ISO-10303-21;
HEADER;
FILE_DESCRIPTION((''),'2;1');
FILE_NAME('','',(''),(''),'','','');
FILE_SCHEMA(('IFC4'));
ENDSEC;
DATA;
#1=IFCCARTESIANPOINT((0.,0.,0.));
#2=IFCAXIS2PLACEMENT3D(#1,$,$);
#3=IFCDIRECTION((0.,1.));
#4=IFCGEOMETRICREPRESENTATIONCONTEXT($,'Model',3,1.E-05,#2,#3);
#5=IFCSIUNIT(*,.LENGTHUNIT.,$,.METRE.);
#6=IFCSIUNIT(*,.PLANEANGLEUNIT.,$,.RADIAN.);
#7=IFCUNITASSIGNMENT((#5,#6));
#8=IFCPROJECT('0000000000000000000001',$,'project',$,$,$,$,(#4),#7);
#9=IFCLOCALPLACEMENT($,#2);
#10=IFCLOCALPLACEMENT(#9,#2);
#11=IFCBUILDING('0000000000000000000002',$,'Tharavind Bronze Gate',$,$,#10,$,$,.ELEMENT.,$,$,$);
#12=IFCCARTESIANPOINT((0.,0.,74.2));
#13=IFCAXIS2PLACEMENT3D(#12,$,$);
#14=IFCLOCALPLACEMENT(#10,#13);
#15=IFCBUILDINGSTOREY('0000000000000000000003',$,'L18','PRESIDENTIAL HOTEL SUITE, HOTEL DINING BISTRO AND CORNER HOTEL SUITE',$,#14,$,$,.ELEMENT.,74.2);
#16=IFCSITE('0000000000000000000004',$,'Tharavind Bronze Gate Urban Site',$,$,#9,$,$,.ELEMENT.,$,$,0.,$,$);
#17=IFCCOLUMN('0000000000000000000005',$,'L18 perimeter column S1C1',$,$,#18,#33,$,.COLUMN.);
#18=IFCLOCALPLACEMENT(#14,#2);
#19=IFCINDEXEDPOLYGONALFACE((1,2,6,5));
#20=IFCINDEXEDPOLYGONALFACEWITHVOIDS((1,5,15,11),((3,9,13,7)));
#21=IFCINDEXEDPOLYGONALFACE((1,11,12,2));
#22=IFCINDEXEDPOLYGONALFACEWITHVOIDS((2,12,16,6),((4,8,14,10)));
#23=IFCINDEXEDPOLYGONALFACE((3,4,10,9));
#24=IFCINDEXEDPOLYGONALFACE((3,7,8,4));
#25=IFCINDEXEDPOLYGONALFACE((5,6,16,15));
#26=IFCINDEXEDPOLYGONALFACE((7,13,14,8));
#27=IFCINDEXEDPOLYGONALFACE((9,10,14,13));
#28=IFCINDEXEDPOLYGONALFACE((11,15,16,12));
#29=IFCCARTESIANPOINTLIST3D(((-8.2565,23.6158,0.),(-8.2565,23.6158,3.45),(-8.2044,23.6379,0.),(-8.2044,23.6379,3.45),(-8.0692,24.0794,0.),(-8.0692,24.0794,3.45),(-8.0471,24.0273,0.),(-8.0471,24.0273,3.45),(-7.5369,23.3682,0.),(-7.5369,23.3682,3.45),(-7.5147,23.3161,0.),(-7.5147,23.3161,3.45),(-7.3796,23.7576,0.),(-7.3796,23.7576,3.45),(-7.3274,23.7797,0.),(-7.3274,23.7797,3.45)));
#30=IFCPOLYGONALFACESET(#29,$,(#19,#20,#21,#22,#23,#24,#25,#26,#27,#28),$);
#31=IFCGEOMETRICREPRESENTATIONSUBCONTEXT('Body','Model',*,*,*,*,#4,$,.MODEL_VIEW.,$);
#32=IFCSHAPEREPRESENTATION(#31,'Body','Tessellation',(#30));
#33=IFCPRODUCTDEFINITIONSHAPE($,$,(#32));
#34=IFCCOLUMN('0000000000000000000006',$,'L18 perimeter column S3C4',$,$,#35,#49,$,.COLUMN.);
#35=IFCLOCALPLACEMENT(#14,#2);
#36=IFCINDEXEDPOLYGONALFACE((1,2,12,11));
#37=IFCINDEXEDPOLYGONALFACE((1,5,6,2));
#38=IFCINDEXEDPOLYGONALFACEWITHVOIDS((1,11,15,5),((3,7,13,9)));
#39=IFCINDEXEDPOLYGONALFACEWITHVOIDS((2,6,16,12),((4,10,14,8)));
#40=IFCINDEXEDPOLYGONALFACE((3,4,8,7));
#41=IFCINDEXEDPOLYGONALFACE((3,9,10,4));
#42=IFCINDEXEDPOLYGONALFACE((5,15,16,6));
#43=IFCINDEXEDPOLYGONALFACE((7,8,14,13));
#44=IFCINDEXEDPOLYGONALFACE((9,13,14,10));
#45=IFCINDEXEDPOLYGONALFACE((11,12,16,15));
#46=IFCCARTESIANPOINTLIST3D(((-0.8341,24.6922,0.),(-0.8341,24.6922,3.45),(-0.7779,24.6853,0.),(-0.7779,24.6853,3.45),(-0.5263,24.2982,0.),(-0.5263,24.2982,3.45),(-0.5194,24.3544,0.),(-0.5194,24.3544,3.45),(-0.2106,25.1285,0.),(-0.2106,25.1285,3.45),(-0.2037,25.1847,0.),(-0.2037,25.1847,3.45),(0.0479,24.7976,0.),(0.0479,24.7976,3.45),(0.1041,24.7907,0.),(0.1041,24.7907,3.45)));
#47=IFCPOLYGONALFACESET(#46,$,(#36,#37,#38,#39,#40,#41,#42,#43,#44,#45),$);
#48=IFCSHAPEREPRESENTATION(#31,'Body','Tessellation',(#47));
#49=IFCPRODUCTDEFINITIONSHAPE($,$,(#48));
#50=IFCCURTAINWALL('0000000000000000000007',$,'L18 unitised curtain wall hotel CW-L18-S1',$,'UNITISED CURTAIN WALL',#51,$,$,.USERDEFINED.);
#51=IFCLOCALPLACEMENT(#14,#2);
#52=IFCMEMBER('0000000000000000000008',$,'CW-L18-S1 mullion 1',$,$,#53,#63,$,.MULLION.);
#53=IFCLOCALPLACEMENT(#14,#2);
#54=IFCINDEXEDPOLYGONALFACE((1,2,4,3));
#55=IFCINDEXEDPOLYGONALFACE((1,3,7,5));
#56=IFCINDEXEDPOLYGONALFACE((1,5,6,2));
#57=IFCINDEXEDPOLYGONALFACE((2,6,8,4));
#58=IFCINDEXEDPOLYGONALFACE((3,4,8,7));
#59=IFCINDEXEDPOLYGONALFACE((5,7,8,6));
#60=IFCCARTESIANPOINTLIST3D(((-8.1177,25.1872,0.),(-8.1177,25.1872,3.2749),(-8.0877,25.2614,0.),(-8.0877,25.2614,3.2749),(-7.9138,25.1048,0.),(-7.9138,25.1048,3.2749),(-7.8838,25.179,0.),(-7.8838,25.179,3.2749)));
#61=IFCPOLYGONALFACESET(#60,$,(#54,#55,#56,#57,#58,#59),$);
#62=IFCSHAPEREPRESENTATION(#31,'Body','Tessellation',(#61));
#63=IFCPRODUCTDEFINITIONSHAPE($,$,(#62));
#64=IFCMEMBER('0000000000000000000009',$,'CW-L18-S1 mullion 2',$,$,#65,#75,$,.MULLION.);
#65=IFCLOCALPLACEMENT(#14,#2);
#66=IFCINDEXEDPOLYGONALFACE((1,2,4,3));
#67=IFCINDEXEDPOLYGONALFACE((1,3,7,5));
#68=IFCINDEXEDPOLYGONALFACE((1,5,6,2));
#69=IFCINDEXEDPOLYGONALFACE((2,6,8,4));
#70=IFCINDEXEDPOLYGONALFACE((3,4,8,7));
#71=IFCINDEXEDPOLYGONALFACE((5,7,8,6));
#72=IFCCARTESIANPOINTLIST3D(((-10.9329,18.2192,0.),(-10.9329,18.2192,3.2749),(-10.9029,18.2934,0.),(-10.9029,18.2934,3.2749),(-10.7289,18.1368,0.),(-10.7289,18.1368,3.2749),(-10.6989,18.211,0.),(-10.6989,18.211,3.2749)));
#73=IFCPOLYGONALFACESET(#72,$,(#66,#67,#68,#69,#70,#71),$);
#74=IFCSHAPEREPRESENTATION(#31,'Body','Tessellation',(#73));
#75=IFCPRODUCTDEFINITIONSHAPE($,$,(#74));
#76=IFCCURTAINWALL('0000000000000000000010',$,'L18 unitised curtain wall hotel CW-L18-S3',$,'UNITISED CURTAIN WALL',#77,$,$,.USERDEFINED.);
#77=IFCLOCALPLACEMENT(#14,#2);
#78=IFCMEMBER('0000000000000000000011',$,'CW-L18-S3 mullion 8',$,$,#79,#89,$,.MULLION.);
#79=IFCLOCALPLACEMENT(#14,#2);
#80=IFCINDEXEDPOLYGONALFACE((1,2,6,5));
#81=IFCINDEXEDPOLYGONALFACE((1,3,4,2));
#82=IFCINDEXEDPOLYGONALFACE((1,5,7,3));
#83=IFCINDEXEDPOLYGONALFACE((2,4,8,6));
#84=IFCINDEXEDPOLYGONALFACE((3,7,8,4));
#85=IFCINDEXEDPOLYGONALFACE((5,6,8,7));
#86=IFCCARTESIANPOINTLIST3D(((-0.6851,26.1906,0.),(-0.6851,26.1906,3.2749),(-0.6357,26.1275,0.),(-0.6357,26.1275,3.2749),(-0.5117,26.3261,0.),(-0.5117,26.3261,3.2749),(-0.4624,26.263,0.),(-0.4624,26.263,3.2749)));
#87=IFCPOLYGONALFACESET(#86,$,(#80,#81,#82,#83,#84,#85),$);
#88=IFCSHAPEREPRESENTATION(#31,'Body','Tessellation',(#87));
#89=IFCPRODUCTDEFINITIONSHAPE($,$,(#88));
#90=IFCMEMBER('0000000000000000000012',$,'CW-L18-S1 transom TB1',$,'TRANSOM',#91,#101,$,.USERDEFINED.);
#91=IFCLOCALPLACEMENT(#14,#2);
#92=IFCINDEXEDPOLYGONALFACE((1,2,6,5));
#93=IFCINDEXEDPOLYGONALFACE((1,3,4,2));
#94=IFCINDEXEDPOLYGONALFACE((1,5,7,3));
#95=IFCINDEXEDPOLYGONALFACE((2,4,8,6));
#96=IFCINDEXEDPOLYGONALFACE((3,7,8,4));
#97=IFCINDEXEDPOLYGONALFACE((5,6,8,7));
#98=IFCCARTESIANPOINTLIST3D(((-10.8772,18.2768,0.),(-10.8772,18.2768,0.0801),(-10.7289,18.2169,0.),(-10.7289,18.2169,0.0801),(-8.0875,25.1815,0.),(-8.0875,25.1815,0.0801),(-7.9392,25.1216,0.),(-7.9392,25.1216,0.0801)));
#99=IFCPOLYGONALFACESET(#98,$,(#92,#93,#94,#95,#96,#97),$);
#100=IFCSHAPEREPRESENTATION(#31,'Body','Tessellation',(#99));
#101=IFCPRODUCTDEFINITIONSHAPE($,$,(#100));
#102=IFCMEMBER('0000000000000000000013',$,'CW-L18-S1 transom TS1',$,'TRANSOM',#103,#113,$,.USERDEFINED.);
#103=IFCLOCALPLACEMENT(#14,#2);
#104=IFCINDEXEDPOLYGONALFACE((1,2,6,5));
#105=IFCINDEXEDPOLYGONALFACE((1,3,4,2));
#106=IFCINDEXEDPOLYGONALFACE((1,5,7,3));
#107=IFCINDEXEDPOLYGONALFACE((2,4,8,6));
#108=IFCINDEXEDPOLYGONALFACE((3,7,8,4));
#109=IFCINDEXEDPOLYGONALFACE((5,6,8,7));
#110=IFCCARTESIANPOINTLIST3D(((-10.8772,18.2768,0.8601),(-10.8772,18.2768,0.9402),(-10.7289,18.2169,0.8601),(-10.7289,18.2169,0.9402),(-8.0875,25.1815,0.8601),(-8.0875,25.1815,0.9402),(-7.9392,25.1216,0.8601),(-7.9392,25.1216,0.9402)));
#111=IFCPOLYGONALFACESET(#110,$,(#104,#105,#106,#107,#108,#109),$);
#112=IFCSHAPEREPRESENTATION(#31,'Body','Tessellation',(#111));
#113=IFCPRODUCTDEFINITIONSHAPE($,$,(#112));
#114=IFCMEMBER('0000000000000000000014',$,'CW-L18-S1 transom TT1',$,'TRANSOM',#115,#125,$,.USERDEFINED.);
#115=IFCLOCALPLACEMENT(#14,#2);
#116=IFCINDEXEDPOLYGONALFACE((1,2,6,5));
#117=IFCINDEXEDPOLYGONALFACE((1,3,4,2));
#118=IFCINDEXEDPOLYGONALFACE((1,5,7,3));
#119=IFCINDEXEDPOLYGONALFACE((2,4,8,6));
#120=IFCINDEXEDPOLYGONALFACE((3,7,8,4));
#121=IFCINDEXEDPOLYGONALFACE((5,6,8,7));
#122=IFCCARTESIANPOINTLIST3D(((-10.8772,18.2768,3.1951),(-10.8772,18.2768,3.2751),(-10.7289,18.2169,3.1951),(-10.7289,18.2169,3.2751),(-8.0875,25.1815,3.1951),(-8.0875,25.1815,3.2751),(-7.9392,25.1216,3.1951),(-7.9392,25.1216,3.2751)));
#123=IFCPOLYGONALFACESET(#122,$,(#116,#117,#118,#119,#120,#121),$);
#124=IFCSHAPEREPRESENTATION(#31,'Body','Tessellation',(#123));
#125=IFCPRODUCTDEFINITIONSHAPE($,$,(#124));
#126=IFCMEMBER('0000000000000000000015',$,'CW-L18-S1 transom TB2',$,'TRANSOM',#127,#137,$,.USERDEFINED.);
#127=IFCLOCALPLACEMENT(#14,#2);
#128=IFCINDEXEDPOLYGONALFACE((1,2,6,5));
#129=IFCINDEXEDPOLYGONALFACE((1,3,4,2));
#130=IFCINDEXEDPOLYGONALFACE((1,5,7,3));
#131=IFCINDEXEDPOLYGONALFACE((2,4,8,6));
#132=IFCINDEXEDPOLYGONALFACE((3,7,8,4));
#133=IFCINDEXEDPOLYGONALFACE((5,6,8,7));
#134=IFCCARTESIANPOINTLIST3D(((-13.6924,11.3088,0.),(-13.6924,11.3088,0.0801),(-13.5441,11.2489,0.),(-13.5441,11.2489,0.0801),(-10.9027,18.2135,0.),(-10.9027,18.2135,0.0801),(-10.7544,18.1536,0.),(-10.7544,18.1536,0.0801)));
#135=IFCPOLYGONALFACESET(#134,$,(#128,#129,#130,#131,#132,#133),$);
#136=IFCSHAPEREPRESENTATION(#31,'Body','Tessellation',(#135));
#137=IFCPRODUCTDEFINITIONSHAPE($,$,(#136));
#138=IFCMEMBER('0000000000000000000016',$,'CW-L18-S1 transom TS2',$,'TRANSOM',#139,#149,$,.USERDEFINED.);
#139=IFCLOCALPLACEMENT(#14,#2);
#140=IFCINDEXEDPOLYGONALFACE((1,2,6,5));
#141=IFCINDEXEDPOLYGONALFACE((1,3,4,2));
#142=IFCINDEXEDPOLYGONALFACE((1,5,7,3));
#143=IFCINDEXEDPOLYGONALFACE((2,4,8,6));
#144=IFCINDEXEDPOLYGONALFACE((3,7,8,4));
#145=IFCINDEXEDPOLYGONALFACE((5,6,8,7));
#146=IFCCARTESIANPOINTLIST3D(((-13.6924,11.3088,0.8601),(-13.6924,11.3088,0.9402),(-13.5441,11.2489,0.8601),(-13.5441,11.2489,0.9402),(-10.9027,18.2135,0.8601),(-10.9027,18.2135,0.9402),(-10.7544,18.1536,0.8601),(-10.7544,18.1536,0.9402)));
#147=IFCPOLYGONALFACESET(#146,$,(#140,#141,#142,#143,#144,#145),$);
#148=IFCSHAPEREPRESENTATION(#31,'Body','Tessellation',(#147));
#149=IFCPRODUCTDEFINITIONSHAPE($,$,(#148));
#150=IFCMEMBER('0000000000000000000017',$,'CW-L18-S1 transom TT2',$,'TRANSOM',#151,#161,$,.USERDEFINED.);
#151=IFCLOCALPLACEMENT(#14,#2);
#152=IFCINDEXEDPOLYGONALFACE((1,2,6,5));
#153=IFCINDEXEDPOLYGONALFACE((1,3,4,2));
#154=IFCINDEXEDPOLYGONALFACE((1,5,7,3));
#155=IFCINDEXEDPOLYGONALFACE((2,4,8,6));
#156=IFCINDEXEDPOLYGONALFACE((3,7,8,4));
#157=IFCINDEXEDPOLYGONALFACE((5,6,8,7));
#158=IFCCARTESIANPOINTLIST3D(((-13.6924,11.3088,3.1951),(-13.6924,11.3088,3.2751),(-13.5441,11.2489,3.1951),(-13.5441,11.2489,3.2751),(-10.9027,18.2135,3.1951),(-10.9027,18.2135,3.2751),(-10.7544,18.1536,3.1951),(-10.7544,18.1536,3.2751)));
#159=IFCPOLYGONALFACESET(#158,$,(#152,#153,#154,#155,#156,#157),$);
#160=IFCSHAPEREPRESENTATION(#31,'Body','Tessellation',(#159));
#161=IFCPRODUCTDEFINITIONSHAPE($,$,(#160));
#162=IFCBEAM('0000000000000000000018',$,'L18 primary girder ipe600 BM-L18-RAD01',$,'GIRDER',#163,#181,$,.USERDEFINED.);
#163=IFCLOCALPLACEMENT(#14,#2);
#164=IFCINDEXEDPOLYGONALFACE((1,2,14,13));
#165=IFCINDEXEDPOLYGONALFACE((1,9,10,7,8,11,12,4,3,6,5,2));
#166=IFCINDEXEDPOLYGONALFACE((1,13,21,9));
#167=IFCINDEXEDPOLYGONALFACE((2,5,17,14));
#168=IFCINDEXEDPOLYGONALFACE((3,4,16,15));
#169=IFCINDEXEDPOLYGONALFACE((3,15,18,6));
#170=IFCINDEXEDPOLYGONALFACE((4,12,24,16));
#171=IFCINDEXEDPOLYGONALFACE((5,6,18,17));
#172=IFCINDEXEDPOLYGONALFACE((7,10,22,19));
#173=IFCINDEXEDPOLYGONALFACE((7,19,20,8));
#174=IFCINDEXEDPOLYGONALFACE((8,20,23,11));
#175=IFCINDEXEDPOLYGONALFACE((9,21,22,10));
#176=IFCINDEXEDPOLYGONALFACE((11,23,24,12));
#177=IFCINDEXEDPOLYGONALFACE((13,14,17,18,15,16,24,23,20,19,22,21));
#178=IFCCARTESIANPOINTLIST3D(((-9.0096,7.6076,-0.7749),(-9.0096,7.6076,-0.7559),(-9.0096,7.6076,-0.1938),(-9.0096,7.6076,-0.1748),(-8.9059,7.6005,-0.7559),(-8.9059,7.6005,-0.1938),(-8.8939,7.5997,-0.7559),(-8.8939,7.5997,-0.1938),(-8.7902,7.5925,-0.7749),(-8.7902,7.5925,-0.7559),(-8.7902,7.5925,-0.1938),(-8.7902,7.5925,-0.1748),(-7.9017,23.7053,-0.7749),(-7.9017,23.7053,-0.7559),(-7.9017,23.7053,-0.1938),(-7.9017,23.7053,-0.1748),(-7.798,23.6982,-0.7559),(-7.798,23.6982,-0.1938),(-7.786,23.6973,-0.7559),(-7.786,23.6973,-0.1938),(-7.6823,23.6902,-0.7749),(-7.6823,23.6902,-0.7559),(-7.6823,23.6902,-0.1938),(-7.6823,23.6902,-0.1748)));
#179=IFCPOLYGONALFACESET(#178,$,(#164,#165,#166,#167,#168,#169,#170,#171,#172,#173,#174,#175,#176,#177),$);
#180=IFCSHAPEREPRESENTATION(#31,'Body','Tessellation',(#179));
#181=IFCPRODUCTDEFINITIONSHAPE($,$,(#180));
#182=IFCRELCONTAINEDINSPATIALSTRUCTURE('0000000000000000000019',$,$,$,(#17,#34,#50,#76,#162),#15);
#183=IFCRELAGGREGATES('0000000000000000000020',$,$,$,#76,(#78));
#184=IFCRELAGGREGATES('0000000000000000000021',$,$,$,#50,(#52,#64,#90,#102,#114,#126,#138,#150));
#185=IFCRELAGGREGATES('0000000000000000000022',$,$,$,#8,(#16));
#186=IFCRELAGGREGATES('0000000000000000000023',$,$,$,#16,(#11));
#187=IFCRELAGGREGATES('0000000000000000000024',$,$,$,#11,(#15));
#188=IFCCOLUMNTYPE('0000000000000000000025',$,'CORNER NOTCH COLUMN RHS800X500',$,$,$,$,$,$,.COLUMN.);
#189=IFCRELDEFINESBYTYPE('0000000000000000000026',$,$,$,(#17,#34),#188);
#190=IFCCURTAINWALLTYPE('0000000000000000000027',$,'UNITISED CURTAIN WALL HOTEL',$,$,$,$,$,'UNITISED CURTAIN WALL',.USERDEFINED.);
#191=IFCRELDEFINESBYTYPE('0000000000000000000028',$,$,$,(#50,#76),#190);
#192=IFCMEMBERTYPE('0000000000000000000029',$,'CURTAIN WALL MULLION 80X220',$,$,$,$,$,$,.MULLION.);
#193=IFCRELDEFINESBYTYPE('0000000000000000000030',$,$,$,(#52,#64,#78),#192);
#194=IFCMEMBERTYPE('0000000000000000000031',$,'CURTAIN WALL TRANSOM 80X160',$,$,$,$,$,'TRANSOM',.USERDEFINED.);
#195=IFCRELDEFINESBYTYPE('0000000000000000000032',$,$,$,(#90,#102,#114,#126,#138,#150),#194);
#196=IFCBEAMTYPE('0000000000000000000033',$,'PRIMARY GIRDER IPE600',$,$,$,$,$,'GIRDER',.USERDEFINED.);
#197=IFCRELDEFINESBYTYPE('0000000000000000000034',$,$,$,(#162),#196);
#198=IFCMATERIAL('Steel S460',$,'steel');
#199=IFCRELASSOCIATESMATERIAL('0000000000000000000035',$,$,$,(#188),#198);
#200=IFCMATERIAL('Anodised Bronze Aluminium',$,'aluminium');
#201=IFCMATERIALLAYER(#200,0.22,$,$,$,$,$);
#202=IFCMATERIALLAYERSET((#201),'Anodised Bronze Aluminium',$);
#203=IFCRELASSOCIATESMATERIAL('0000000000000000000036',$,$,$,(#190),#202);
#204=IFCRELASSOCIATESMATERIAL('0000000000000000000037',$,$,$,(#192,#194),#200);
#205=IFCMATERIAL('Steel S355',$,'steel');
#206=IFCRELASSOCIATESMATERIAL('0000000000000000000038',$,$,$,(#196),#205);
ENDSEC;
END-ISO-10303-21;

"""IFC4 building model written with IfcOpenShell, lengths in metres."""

from ifc_helpers import new_model, si_unit, direction, frame, origin, origin_2d, place, context, subcontext, project, spatial, rectangle, hollow_rectangle, i_section, extrude, material, layer, layer_set, material_profile, profile_set, type_object, element, aggregate, save


model = new_model("IFC4")

# Units and contexts
model_context = context("Model", 3, precision=1e-05, world=origin(), true_north=direction((0.0, 1.0)))
body_context = subcontext(model_context, "Body", "Model", "MODEL_VIEW")
ifc_project = project(units=[si_unit("LENGTHUNIT", "METRE"), si_unit("PLANEANGLEUNIT", "RADIAN")], contexts=[model_context])

# Site, building, storey
site_placement = place(None, origin())
site = spatial("IfcSite", under=ifc_project, at=site_placement, Name="Tharavind Bronze Gate Urban Site", CompositionType="ELEMENT", RefElevation=0.0)
building_placement = place(site_placement, origin())
building = spatial("IfcBuilding", under=site, at=building_placement, Name="Tharavind Bronze Gate", CompositionType="ELEMENT")
storey_placement = place(building_placement, frame((0.0, 0.0, 74.2)))
storey = spatial("IfcBuildingStorey", under=building, at=storey_placement, Name="L18", Description="PRESIDENTIAL HOTEL SUITE, HOTEL DINING BISTRO AND CORNER HOTEL SUITE", CompositionType="ELEMENT", Elevation=74.2)

# Columns
ifc_material_1 = material(Name="Steel S460", Category="steel")
ifc_material_profile_1 = material_profile(ifc_material_1, hollow_rectangle(XDim=0.5, YDim=0.8, WallThickness=0.04, at=origin_2d()), Name="RHS800X500X40")
ifc_profile_set_1 = profile_set([ifc_material_profile_1], Name="Steel S460")
column_type = type_object("IfcColumnType", Name="CORNER NOTCH COLUMN RHS800X500", PredefinedType="COLUMN", material=ifc_profile_set_1)
for number, where, z_axis, x_axis, name in (
    (1, (-7.792, 23.6978, 0.0), (0.0, 0.0, 1.0), (0.374608, 0.927183, 0.0), "L18 perimeter column S1C1"),
    (2, (-0.365, 24.7415, 0.0), (0.0, 0.0, 1.0), (-0.615661, 0.788011, 0.0), "L18 perimeter column S3C4"),
):
    element("IfcColumn", number, at=place(storey_placement, frame(where, z_axis=z_axis, x_axis=x_axis)), inside=storey, type_object=column_type, Name=name, PredefinedType="COLUMN", context=body_context, shape_type="SweptSolid", body=[
        extrude(hollow_rectangle(XDim=0.5, YDim=0.8, WallThickness=0.04, at=origin_2d()), origin(), (0.0, 0.0, 1.0), 3.45),
    ])

# Curtain wall, members
ifc_material_2 = material(Name="Anodised Bronze Aluminium", Category="aluminium")
ifc_layer_1 = layer(ifc_material_2, 0.22)
ifc_layer_set_1 = layer_set([ifc_layer_1], Name="Anodised Bronze Aluminium")
curtain_wall_type = type_object("IfcCurtainWallType", Name="UNITISED CURTAIN WALL HOTEL", ElementType="UNITISED CURTAIN WALL", PredefinedType="USERDEFINED", material=ifc_layer_set_1)
curtain_wall_1_placement = place(storey_placement, origin())
curtain_wall_1 = element("IfcCurtainWall", 3, at=curtain_wall_1_placement, inside=storey, type_object=curtain_wall_type, Name="L18 unitised curtain wall hotel CW-L18-S1", ObjectType="UNITISED CURTAIN WALL", PredefinedType="USERDEFINED")
member_type_1 = type_object("IfcMemberType", Name="CURTAIN WALL MULLION 80X220", PredefinedType="MULLION", material=ifc_material_2)
member_1_placement = place(storey_placement, frame((-8.0007, 25.1831, 0.0), z_axis=(0.0, 0.0, 1.0), x_axis=(-0.374607, -0.927184, 0.0)))
member_1 = element("IfcMember", 4, at=member_1_placement, type_object=member_type_1, Name="CW-L18-S1 mullion 1", PredefinedType="MULLION", context=body_context, shape_type="SweptSolid", body=[
    extrude(rectangle(XDim=0.0801, YDim=0.22, at=origin_2d()), origin(), (0.0, 0.0, 1.0), 3.2749),
])
member_2_placement = place(storey_placement, frame((-10.8159, 18.2151, 0.0), z_axis=(0.0, 0.0, 1.0), x_axis=(-0.374607, -0.927184, 0.0)))
member_2 = element("IfcMember", 5, at=member_2_placement, type_object=member_type_1, Name="CW-L18-S1 mullion 2", PredefinedType="MULLION", context=body_context, shape_type="SweptSolid", body=[
    extrude(rectangle(XDim=0.0801, YDim=0.22, at=origin_2d()), origin(), (0.0, 0.0, 1.0), 3.2749),
])

# Curtain wall, member
curtain_wall_2_placement = place(storey_placement, origin())
curtain_wall_2 = element("IfcCurtainWall", 6, at=curtain_wall_2_placement, inside=storey, type_object=curtain_wall_type, Name="L18 unitised curtain wall hotel CW-L18-S3", ObjectType="UNITISED CURTAIN WALL", PredefinedType="USERDEFINED")
member_3_placement = place(storey_placement, frame((-0.5737, 26.2268, 0.0), z_axis=(0.0, 0.0, 1.0), x_axis=(-0.615661, 0.788011, 0.0)))
member_3 = element("IfcMember", 7, at=member_3_placement, type_object=member_type_1, Name="CW-L18-S3 mullion 8", PredefinedType="MULLION", context=body_context, shape_type="SweptSolid", body=[
    extrude(rectangle(XDim=0.0801, YDim=0.22, at=origin_2d()), origin(), (0.0, 0.0, 1.0), 3.2749),
])
aggregate(curtain_wall_2, [member_3])

# Members
member_type_2 = type_object("IfcMemberType", Name="CURTAIN WALL TRANSOM 80X160", ElementType="TRANSOM", PredefinedType="USERDEFINED", material=ifc_material_2)
member_4_placement = place(storey_placement, frame((-9.4082, 21.6992, 0.0), z_axis=(0.0, 0.0, 1.0), x_axis=(-0.374607, -0.927184, 0.0)))
member_4 = element("IfcMember", 8, at=member_4_placement, type_object=member_type_2, Name="CW-L18-S1 transom TB1", ObjectType="TRANSOM", PredefinedType="USERDEFINED", context=body_context, shape_type="SweptSolid", body=[
    extrude(rectangle(XDim=7.447, YDim=0.1599, at=origin_2d()), origin(), (0.0, 0.0, 1.0), 0.0801),
])
member_5_placement = place(storey_placement, frame((-9.4082, 21.6992, 0.8601), z_axis=(0.0, 0.0, 1.0), x_axis=(-0.374607, -0.927184, 0.0)))
member_5 = element("IfcMember", 9, at=member_5_placement, type_object=member_type_2, Name="CW-L18-S1 transom TS1", ObjectType="TRANSOM", PredefinedType="USERDEFINED", context=body_context, shape_type="SweptSolid", body=[
    extrude(rectangle(XDim=7.447, YDim=0.1599, at=origin_2d()), origin(), (0.0, 0.0, 1.0), 0.0801),
])
member_6_placement = place(storey_placement, frame((-9.4082, 21.6992, 3.1951), z_axis=(0.0, 0.0, 1.0), x_axis=(-0.374607, -0.927184, 0.0)))
member_6 = element("IfcMember", 10, at=member_6_placement, type_object=member_type_2, Name="CW-L18-S1 transom TT1", ObjectType="TRANSOM", PredefinedType="USERDEFINED", context=body_context, shape_type="SweptSolid", body=[
    extrude(rectangle(XDim=7.447, YDim=0.1599, at=origin_2d()), origin(), (0.0, 0.0, 1.0), 0.0801),
])
member_7_placement = place(storey_placement, frame((-12.2234, 14.7312, 0.0), z_axis=(0.0, 0.0, 1.0), x_axis=(-0.374607, -0.927184, 0.0)))
member_7 = element("IfcMember", 11, at=member_7_placement, type_object=member_type_2, Name="CW-L18-S1 transom TB2", ObjectType="TRANSOM", PredefinedType="USERDEFINED", context=body_context, shape_type="SweptSolid", body=[
    extrude(rectangle(XDim=7.447, YDim=0.1599, at=origin_2d()), origin(), (0.0, 0.0, 1.0), 0.0801),
])
member_8_placement = place(storey_placement, frame((-12.2234, 14.7312, 0.8601), z_axis=(0.0, 0.0, 1.0), x_axis=(-0.374607, -0.927184, 0.0)))
member_8 = element("IfcMember", 12, at=member_8_placement, type_object=member_type_2, Name="CW-L18-S1 transom TS2", ObjectType="TRANSOM", PredefinedType="USERDEFINED", context=body_context, shape_type="SweptSolid", body=[
    extrude(rectangle(XDim=7.447, YDim=0.1599, at=origin_2d()), origin(), (0.0, 0.0, 1.0), 0.0801),
])
member_9_placement = place(storey_placement, frame((-12.2234, 14.7312, 3.1951), z_axis=(0.0, 0.0, 1.0), x_axis=(-0.374607, -0.927184, 0.0)))
member_9 = element("IfcMember", 13, at=member_9_placement, type_object=member_type_2, Name="CW-L18-S1 transom TT2", ObjectType="TRANSOM", PredefinedType="USERDEFINED", context=body_context, shape_type="SweptSolid", body=[
    extrude(rectangle(XDim=7.447, YDim=0.1599, at=origin_2d()), origin(), (0.0, 0.0, 1.0), 0.0801),
])

# Beam
ifc_material_3 = material(Name="Steel S355", Category="steel")
ifc_material_profile_2 = material_profile(ifc_material_3, i_section(OverallWidth=0.22, OverallDepth=0.6001, WebThickness=0.012, FlangeThickness=0.019, at=origin_2d()), Name="IPE600")
ifc_profile_set_2 = profile_set([ifc_material_profile_2], Name="Steel S355")
beam_type_1 = type_object("IfcBeamType", Name="PRIMARY GIRDER IPE600", ElementType="GIRDER", PredefinedType="USERDEFINED", material=ifc_profile_set_2)
beam_1_placement = place(storey_placement, frame((-7.792, 23.6978, -0.4749), z_axis=(-0.068662, -0.99764, 0.0), x_axis=(0.99764, -0.068662, 0.0)))
element("IfcBeam", 14, at=beam_1_placement, inside=storey, type_object=beam_type_1, Name="L18 primary girder ipe600 BM-L18-RAD01", ObjectType="GIRDER", PredefinedType="USERDEFINED", context=body_context, shape_type="SweptSolid", body=[
    extrude(i_section(OverallWidth=0.22, OverallDepth=0.6001, WebThickness=0.012, FlangeThickness=0.019, at=origin_2d()), origin(), (0.0, 0.0, 1.0), 16.1357),
])

aggregate(curtain_wall_1, [member_1, member_2, member_4, member_5, member_6, member_7, member_8, member_9])

save(model, "model.ifc")
